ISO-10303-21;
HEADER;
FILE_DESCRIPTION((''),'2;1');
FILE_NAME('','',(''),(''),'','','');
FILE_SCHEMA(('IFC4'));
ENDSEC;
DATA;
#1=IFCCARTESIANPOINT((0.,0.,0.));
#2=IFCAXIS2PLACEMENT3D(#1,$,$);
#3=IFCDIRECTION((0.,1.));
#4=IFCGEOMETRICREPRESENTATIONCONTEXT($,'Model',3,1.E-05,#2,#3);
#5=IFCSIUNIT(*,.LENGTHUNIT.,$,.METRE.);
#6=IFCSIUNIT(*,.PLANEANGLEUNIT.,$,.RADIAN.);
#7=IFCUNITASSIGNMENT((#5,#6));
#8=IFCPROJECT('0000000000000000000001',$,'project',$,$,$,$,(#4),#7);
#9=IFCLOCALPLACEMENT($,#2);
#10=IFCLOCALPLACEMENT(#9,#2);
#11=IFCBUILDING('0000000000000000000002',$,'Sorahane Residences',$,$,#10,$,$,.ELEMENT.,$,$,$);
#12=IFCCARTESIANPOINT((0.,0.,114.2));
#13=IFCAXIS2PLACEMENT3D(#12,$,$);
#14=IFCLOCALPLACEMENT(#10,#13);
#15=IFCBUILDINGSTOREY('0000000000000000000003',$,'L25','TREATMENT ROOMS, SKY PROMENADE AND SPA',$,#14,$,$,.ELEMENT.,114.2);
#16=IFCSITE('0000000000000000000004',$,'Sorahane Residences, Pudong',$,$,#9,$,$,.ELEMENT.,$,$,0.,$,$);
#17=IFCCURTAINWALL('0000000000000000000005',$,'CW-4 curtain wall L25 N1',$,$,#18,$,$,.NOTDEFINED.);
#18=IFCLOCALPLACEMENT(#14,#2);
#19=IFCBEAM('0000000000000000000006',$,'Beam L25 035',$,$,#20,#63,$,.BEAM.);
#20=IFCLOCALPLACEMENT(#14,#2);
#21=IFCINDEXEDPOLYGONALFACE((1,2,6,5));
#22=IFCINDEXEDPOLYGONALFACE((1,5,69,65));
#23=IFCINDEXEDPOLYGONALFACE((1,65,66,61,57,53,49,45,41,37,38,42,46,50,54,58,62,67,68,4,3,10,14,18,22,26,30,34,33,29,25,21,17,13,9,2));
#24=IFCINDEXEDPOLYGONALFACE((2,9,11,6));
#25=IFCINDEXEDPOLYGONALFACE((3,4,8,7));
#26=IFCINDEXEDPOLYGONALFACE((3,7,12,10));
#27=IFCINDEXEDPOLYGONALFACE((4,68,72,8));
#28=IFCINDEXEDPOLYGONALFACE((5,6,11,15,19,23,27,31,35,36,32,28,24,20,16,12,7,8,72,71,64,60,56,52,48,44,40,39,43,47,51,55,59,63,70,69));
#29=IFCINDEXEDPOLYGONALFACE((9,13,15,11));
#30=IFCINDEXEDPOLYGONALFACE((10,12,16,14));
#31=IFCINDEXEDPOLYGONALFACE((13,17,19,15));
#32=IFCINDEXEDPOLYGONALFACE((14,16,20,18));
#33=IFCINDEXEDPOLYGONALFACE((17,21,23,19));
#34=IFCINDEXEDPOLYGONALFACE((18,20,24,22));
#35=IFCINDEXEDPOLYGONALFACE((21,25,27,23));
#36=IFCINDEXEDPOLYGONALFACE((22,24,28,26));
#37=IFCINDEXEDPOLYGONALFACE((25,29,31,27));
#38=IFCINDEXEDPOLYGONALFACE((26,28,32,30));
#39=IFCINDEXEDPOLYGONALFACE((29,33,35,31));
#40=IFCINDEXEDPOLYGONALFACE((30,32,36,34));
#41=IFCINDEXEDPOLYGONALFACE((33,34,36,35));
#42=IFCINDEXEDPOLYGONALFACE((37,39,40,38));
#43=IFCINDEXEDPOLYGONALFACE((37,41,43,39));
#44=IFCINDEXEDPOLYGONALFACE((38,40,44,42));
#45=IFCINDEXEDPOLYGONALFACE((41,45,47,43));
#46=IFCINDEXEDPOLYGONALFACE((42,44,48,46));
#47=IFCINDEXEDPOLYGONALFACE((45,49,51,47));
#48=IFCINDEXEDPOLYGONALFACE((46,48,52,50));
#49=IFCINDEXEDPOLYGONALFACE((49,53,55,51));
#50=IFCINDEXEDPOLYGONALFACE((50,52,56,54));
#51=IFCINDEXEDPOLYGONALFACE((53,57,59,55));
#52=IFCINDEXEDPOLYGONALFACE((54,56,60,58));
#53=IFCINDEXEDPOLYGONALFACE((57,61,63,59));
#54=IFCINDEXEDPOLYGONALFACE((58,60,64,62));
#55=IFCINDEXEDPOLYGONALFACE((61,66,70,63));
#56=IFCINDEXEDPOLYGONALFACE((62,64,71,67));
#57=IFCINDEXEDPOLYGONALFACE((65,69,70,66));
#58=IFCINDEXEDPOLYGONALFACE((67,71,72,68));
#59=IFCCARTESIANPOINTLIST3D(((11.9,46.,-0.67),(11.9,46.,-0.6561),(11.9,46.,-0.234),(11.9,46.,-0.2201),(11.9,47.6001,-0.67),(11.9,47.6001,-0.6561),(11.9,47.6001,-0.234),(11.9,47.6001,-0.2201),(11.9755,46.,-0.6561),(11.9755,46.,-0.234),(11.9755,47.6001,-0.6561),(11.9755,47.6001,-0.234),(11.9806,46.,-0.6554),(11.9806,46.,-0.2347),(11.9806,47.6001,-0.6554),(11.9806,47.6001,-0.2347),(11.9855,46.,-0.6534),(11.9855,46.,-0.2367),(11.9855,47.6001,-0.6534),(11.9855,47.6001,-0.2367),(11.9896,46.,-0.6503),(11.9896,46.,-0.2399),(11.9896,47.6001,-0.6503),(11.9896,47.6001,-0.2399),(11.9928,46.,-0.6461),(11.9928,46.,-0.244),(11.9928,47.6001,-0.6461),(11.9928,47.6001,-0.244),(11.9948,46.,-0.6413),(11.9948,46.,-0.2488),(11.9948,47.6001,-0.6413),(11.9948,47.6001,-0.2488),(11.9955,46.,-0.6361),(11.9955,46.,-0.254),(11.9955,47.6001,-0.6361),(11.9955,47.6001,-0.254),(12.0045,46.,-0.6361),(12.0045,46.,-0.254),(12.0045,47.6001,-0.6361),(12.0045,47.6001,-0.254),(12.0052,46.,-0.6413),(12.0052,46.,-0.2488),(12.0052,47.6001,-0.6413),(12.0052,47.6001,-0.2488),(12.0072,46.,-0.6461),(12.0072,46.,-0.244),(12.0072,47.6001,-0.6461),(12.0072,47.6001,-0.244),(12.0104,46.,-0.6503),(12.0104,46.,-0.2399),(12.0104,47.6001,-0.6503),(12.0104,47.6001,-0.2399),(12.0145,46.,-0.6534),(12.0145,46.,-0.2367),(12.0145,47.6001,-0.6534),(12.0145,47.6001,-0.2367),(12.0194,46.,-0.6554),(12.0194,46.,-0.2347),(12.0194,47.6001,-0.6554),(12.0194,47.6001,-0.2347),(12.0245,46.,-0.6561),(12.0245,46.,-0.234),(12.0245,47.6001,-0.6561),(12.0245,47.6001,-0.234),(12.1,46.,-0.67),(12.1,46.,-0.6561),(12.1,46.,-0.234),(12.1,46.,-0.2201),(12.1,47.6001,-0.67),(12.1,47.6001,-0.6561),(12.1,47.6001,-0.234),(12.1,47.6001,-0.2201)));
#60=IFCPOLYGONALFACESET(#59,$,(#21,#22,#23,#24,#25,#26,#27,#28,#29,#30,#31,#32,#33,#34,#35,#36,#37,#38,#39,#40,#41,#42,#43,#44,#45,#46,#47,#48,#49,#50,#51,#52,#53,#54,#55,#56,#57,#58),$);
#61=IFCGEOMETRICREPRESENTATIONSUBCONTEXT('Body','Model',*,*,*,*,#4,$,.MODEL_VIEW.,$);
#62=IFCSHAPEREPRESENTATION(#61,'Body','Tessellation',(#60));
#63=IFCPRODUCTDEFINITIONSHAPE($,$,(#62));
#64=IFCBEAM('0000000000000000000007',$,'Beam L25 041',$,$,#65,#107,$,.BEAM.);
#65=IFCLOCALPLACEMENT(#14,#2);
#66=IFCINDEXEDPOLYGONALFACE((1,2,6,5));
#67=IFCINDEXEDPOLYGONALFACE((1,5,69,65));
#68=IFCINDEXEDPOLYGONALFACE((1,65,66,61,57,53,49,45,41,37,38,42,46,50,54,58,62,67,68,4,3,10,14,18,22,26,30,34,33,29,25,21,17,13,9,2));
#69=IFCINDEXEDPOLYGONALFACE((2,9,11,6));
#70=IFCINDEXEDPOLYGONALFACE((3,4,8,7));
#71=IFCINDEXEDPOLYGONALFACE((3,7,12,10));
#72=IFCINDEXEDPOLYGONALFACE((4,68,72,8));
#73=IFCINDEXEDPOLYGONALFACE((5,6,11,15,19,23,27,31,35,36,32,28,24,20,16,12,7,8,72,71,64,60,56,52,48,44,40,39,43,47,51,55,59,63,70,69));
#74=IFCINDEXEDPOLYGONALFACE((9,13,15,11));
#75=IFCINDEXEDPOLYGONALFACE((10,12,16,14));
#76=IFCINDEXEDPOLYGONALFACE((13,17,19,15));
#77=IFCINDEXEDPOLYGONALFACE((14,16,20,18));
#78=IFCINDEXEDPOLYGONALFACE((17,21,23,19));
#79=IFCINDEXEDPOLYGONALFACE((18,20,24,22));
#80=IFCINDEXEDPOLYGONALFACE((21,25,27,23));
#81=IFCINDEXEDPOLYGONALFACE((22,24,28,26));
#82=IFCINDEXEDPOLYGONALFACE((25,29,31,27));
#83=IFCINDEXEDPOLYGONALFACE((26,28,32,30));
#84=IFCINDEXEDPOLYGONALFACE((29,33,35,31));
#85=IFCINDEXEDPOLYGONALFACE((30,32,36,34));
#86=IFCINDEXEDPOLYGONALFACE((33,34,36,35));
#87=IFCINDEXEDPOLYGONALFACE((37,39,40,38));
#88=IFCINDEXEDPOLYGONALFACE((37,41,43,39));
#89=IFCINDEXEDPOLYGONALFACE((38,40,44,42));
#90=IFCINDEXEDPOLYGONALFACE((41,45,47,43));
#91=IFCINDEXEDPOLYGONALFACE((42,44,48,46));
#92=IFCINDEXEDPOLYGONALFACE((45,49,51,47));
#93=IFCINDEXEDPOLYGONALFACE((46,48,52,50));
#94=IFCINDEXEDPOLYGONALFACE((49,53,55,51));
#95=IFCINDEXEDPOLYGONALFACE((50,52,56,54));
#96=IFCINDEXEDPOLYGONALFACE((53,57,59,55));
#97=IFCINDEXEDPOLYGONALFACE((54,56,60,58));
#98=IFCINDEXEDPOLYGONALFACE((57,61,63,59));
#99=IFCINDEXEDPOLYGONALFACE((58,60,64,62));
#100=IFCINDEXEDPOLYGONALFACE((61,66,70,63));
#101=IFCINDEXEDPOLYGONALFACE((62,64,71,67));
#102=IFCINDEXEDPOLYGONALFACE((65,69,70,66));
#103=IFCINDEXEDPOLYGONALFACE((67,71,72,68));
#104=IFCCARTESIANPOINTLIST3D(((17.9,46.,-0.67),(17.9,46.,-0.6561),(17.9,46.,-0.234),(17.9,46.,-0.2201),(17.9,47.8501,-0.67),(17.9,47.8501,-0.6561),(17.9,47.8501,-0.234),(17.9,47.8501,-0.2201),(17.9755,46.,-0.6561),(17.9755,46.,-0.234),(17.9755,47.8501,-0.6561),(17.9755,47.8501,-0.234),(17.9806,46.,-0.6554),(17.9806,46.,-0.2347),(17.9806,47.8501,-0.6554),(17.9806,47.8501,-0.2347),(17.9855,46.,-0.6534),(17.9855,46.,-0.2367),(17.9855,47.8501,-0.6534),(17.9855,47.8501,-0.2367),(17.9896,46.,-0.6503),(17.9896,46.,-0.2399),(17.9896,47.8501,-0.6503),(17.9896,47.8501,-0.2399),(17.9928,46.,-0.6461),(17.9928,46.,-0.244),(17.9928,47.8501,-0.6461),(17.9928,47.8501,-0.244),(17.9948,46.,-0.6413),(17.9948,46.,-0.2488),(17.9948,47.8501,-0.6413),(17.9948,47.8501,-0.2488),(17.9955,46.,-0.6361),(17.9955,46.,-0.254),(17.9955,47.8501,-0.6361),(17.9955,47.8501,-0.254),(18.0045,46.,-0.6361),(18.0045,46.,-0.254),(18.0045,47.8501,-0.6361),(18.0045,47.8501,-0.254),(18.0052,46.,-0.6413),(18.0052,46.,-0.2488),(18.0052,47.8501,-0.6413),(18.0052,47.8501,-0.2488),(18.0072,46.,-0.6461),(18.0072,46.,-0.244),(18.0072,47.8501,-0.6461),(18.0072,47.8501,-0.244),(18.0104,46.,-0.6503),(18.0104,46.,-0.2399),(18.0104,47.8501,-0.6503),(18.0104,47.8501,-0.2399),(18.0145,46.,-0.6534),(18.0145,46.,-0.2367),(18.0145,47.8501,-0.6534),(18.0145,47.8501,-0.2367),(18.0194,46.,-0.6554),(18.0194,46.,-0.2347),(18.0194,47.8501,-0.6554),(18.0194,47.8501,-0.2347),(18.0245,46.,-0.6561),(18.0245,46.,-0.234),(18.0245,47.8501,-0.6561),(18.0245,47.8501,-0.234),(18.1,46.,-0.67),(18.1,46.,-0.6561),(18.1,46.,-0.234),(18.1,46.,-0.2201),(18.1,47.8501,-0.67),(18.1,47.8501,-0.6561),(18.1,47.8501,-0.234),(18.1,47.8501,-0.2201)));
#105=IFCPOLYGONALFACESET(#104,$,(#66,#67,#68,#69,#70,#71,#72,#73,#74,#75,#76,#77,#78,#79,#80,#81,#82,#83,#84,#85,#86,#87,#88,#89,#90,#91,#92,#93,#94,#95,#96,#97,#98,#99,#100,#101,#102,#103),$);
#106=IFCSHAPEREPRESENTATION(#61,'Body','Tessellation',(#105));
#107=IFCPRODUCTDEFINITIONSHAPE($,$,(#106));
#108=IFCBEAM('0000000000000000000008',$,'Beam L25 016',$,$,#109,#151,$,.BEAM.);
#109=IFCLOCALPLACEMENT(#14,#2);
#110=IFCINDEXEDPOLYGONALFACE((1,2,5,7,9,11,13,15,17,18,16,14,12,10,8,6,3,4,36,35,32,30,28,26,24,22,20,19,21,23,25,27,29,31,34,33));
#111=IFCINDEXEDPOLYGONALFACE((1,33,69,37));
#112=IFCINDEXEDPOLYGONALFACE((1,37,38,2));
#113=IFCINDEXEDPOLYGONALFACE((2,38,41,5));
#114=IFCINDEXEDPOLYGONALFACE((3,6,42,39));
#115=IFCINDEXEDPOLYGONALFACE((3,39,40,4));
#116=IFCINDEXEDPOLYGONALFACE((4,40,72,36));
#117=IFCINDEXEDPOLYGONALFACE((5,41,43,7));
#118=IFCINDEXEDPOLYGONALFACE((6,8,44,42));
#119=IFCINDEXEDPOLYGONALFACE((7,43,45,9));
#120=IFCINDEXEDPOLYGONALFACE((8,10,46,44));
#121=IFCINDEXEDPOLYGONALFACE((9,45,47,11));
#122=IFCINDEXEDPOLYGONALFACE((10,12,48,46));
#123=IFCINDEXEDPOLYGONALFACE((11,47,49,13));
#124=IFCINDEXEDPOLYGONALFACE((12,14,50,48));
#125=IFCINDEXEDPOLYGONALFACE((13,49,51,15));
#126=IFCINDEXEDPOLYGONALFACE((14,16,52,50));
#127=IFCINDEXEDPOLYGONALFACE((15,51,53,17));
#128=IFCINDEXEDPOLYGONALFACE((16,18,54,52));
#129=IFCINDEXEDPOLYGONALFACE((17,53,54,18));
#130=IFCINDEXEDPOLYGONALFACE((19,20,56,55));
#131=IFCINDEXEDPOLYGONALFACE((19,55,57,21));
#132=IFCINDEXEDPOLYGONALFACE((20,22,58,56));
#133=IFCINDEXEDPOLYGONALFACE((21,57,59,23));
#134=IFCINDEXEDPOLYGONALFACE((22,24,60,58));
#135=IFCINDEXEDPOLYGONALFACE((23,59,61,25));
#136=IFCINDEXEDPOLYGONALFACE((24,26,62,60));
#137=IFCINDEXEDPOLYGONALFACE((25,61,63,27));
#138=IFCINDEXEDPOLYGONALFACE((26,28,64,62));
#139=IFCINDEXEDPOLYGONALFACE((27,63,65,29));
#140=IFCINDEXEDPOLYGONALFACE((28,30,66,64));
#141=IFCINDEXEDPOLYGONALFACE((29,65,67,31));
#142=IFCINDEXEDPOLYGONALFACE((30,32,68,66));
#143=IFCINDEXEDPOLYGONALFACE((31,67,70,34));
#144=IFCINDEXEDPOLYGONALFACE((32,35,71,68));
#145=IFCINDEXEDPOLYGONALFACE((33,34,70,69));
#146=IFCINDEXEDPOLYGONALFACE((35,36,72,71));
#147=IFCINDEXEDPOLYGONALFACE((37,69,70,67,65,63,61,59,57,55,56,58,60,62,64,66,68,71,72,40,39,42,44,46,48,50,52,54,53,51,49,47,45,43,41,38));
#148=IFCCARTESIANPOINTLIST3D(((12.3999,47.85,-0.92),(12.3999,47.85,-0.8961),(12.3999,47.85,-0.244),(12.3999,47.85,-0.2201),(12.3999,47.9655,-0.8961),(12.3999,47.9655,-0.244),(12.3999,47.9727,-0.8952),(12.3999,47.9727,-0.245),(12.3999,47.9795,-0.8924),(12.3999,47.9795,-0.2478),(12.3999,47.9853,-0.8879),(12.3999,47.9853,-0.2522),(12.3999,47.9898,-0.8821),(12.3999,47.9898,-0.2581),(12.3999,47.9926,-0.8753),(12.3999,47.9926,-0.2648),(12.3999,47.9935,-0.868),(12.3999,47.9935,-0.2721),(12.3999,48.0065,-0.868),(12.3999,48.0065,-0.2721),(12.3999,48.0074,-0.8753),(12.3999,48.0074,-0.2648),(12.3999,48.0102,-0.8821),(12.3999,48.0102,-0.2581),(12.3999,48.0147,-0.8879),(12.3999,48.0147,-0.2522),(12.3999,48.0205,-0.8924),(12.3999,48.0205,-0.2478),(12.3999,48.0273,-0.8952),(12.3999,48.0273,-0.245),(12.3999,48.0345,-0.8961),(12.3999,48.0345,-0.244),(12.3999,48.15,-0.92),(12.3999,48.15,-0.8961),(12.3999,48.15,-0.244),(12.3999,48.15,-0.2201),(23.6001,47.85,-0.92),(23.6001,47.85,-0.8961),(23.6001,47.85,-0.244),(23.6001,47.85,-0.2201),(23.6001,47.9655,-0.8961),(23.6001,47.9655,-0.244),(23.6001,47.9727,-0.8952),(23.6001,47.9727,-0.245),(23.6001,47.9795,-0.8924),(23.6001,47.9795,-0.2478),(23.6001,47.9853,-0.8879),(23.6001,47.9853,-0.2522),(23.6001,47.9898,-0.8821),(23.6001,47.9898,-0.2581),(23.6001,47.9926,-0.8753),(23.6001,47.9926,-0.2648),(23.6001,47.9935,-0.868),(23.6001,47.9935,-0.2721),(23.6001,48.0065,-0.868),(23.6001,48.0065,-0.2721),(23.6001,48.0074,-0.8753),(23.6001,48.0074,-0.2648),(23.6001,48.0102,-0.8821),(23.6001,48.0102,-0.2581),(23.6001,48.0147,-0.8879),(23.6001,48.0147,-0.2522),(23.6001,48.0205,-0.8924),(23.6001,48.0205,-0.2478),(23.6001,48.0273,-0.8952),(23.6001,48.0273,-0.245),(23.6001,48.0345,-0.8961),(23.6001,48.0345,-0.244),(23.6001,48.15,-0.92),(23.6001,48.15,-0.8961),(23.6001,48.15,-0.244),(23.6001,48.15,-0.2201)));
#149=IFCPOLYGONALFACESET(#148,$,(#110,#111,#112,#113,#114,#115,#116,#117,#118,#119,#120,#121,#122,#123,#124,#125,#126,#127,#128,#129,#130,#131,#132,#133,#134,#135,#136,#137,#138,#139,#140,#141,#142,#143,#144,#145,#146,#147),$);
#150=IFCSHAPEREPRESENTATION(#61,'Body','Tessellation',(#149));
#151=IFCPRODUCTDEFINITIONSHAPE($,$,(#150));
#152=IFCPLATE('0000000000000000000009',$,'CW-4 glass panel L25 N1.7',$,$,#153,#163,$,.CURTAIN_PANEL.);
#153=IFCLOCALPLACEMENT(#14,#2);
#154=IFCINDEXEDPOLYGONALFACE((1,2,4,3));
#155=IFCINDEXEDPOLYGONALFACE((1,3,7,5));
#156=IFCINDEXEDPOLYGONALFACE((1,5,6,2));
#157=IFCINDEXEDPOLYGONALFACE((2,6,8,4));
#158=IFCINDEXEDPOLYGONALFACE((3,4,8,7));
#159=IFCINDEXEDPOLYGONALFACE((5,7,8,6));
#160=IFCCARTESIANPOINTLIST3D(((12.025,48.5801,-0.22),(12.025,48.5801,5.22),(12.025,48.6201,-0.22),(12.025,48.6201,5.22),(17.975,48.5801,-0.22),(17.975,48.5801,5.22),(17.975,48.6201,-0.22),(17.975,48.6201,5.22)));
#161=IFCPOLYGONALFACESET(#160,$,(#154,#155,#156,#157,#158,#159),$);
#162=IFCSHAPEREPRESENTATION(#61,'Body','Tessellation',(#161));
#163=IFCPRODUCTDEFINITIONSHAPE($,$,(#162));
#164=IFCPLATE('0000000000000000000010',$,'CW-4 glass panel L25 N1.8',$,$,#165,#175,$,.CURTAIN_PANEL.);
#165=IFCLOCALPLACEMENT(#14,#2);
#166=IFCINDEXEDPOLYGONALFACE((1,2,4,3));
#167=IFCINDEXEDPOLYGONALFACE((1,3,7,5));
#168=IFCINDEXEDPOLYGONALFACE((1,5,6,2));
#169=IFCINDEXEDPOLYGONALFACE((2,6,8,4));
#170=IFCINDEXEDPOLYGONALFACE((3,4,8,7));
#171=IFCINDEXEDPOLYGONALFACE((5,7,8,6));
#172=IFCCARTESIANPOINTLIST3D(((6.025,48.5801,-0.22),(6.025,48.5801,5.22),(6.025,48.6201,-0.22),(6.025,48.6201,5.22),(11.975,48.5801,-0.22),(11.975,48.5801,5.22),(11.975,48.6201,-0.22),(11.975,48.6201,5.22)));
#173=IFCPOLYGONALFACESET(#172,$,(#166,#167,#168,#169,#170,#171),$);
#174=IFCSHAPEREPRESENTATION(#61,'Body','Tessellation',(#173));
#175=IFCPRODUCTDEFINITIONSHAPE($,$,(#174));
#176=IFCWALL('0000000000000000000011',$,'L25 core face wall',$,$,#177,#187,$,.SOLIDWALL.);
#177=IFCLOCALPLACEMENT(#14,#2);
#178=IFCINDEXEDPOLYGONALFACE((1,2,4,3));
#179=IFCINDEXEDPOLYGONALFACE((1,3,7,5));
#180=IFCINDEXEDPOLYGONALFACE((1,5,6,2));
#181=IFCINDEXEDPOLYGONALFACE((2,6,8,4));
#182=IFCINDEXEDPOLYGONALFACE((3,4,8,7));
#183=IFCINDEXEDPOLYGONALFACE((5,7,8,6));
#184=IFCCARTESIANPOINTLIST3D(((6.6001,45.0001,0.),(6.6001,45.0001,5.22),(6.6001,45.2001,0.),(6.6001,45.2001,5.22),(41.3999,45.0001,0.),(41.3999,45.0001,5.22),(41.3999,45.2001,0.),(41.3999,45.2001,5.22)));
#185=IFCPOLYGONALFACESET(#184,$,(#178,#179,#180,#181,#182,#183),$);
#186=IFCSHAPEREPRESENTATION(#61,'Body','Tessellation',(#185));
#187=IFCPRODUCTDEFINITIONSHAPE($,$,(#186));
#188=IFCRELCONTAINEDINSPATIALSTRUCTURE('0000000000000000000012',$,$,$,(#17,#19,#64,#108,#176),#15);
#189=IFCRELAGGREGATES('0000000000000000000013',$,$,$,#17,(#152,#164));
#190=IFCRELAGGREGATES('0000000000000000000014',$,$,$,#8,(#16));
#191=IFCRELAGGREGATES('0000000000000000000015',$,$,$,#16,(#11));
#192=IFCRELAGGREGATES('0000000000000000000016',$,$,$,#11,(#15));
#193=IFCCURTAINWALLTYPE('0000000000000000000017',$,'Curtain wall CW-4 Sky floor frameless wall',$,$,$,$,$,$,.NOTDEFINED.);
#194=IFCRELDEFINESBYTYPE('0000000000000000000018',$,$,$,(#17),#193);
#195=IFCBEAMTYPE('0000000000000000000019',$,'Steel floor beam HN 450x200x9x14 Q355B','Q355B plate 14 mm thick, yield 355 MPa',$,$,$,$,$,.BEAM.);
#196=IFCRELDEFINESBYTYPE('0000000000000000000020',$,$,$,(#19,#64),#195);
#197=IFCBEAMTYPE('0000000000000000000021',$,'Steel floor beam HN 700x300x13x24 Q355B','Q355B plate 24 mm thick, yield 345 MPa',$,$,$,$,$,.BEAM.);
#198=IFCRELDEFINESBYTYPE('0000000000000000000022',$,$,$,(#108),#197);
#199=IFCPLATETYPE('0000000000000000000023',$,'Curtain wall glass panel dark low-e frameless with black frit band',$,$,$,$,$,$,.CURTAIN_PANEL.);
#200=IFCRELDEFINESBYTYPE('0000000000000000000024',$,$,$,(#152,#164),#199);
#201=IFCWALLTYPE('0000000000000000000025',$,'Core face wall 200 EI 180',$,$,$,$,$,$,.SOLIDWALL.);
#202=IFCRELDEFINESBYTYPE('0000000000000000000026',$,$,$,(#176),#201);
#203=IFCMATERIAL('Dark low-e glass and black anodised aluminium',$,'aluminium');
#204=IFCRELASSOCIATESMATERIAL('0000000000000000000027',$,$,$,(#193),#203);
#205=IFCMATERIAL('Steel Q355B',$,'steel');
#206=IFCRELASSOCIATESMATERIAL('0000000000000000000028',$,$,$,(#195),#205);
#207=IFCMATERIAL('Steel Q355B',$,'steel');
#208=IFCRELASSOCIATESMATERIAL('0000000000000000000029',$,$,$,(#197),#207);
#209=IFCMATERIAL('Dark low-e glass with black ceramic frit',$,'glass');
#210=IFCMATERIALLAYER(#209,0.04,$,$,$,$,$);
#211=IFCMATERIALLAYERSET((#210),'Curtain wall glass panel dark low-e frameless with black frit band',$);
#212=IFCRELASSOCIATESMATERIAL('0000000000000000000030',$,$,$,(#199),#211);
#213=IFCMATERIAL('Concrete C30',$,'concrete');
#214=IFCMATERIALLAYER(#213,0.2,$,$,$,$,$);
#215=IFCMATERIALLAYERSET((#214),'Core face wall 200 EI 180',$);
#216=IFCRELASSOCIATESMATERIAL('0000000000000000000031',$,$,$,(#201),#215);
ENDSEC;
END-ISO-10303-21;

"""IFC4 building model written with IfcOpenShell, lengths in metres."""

from ifc_helpers import new_model, si_unit, direction, frame, frame_2d, origin, origin_2d, place, context, subcontext, project, spatial, rectangle, i_section, extrude, material, layer, layer_set, material_profile, profile_set, type_object, element, aggregate, save


model = new_model("IFC4")

# Units and contexts
model_context = context("Model", 3, precision=1e-05, world=origin(), true_north=direction((0.0, 1.0)))
body_context = subcontext(model_context, "Body", "Model", "MODEL_VIEW")
ifc_project = project(units=[si_unit("LENGTHUNIT", "METRE"), si_unit("PLANEANGLEUNIT", "RADIAN")], contexts=[model_context])

# Site, building, storey
site_placement = place(None, origin())
site = spatial("IfcSite", under=ifc_project, at=site_placement, Name="Sorahane Residences, Pudong", CompositionType="ELEMENT", RefElevation=0.0)
building_placement = place(site_placement, origin())
building = spatial("IfcBuilding", under=site, at=building_placement, Name="Sorahane Residences", CompositionType="ELEMENT")
storey_placement = place(building_placement, frame((0.0, 0.0, 114.2)))
storey = spatial("IfcBuildingStorey", under=building, at=storey_placement, Name="L25", Description="TREATMENT ROOMS, SKY PROMENADE AND SPA", CompositionType="ELEMENT", Elevation=114.2)

# Curtain wall
ifc_material_1 = material(Name="Dark low-e glass and black anodised aluminium", Category="aluminium")
curtain_wall_type = type_object("IfcCurtainWallType", Name="Curtain wall CW-4 Sky floor frameless wall", PredefinedType="NOTDEFINED", material=ifc_material_1)
curtain_wall_placement = place(storey_placement, origin())
curtain_wall = element("IfcCurtainWall", 1, at=curtain_wall_placement, inside=storey, type_object=curtain_wall_type, Name="CW-4 curtain wall L25 N1", PredefinedType="NOTDEFINED")

# Beams
ifc_material_2 = material(Name="Steel Q355B", Category="steel")
ifc_material_profile_1 = material_profile(ifc_material_2, i_section(OverallWidth=0.2, OverallDepth=0.45, WebThickness=0.009, FlangeThickness=0.0139, FilletRadius=0.02, at=origin_2d()), Name="HN 450x200x9x14")
ifc_profile_set_1 = profile_set([ifc_material_profile_1], Name="Steel Q355B")
beam_type_1 = type_object("IfcBeamType", Name="Steel floor beam HN 450x200x9x14 Q355B", Description="Q355B plate 14 mm thick, yield 355 MPa", PredefinedType="BEAM", material=ifc_profile_set_1)
beam_1_placement = place(storey_placement, frame((12.0, 46.0, -0.4451), z_axis=(0.0, 1.0, 0.0), x_axis=(-1.0, 0.0, 0.0)))
element("IfcBeam", 2, at=beam_1_placement, inside=storey, type_object=beam_type_1, Name="Beam L25 035", PredefinedType="BEAM", context=body_context, shape_type="SweptSolid", body=[
    extrude(i_section(OverallWidth=0.2, OverallDepth=0.45, WebThickness=0.009, FlangeThickness=0.0139, FilletRadius=0.02, at=origin_2d()), origin(), (0.0, 0.0, 1.0), 1.6001),
])
beam_2_placement = place(storey_placement, frame((18.0, 46.0, -0.4451), z_axis=(0.0, 1.0, 0.0), x_axis=(-1.0, 0.0, 0.0)))
element("IfcBeam", 3, at=beam_2_placement, inside=storey, type_object=beam_type_1, Name="Beam L25 041", PredefinedType="BEAM", context=body_context, shape_type="SweptSolid", body=[
    extrude(i_section(OverallWidth=0.2, OverallDepth=0.45, WebThickness=0.009, FlangeThickness=0.0139, FilletRadius=0.02, at=origin_2d()), origin(), (0.0, 0.0, 1.0), 1.8501),
])
ifc_material_3 = material(Name="Steel Q355B", Category="steel")
ifc_material_profile_2 = material_profile(ifc_material_3, i_section(OverallWidth=0.3, OverallDepth=0.7, WebThickness=0.0129, FlangeThickness=0.0239, FilletRadius=0.0281, at=origin_2d()), Name="HN 700x300x13x24")
ifc_profile_set_2 = profile_set([ifc_material_profile_2], Name="Steel Q355B")
beam_type_2 = type_object("IfcBeamType", Name="Steel floor beam HN 700x300x13x24 Q355B", Description="Q355B plate 24 mm thick, yield 345 MPa", PredefinedType="BEAM", material=ifc_profile_set_2)
beam_3_placement = place(storey_placement, frame((12.3999, 48.0, -0.5701), z_axis=(1.0, 0.0, 0.0), x_axis=(0.0, 1.0, 0.0)))
element("IfcBeam", 4, at=beam_3_placement, inside=storey, type_object=beam_type_2, Name="Beam L25 016", PredefinedType="BEAM", context=body_context, shape_type="SweptSolid", body=[
    extrude(i_section(OverallWidth=0.3, OverallDepth=0.7, WebThickness=0.0129, FlangeThickness=0.0239, FilletRadius=0.0281, at=origin_2d()), origin(), (0.0, 0.0, 1.0), 11.2002),
])

# Plates
ifc_material_4 = material(Name="Dark low-e glass with black ceramic frit", Category="glass")
ifc_layer_1 = layer(ifc_material_4, 0.04)
ifc_layer_set_1 = layer_set([ifc_layer_1], Name="Curtain wall glass panel dark low-e frameless with black frit band")
plate_type = type_object("IfcPlateType", Name="Curtain wall glass panel dark low-e frameless with black frit band", PredefinedType="CURTAIN_PANEL", material=ifc_layer_set_1)
plate_1_placement = place(storey_placement, frame((15.0, 48.6001, -0.22), z_axis=(0.0, 0.0, 1.0), x_axis=(-1.0, 0.0, 0.0)))
plate_1 = element("IfcPlate", 5, at=plate_1_placement, type_object=plate_type, Name="CW-4 glass panel L25 N1.7", PredefinedType="CURTAIN_PANEL", context=body_context, shape_type="SweptSolid", body=[
    extrude(rectangle(XDim=5.95, YDim=0.04, at=origin_2d()), origin(), (0.0, 0.0, 1.0), 5.4399),
])
plate_2_placement = place(storey_placement, frame((9.0, 48.6001, -0.22), z_axis=(0.0, 0.0, 1.0), x_axis=(-1.0, 0.0, 0.0)))
plate_2 = element("IfcPlate", 6, at=plate_2_placement, type_object=plate_type, Name="CW-4 glass panel L25 N1.8", PredefinedType="CURTAIN_PANEL", context=body_context, shape_type="SweptSolid", body=[
    extrude(rectangle(XDim=5.95, YDim=0.04, at=origin_2d()), origin(), (0.0, 0.0, 1.0), 5.4399),
])
aggregate(curtain_wall, [plate_1, plate_2])

# Wall
ifc_material_5 = material(Name="Concrete C30", Category="concrete")
ifc_layer_2 = layer(ifc_material_5, 0.2)
ifc_layer_set_2 = layer_set([ifc_layer_2], Name="Core face wall 200 EI 180")
wall_type_1 = type_object("IfcWallType", Name="Core face wall 200 EI 180", PredefinedType="SOLIDWALL", material=ifc_layer_set_2)
wall_1_placement = place(storey_placement, frame((6.6001, 45.1001, 0.0), z_axis=(0.0, 0.0, 1.0), x_axis=(1.0, 0.0, 0.0)))
element("IfcWall", 7, at=wall_1_placement, inside=storey, type_object=wall_type_1, Name="L25 core face wall", PredefinedType="SOLIDWALL", context=body_context, shape_type="SweptSolid", body=[
    extrude(rectangle(XDim=34.7998, YDim=0.2, at=frame_2d((17.3999, 0.0))), origin(), (0.0, 0.0, 1.0), 5.22),
])

save(model, "model.ifc")
